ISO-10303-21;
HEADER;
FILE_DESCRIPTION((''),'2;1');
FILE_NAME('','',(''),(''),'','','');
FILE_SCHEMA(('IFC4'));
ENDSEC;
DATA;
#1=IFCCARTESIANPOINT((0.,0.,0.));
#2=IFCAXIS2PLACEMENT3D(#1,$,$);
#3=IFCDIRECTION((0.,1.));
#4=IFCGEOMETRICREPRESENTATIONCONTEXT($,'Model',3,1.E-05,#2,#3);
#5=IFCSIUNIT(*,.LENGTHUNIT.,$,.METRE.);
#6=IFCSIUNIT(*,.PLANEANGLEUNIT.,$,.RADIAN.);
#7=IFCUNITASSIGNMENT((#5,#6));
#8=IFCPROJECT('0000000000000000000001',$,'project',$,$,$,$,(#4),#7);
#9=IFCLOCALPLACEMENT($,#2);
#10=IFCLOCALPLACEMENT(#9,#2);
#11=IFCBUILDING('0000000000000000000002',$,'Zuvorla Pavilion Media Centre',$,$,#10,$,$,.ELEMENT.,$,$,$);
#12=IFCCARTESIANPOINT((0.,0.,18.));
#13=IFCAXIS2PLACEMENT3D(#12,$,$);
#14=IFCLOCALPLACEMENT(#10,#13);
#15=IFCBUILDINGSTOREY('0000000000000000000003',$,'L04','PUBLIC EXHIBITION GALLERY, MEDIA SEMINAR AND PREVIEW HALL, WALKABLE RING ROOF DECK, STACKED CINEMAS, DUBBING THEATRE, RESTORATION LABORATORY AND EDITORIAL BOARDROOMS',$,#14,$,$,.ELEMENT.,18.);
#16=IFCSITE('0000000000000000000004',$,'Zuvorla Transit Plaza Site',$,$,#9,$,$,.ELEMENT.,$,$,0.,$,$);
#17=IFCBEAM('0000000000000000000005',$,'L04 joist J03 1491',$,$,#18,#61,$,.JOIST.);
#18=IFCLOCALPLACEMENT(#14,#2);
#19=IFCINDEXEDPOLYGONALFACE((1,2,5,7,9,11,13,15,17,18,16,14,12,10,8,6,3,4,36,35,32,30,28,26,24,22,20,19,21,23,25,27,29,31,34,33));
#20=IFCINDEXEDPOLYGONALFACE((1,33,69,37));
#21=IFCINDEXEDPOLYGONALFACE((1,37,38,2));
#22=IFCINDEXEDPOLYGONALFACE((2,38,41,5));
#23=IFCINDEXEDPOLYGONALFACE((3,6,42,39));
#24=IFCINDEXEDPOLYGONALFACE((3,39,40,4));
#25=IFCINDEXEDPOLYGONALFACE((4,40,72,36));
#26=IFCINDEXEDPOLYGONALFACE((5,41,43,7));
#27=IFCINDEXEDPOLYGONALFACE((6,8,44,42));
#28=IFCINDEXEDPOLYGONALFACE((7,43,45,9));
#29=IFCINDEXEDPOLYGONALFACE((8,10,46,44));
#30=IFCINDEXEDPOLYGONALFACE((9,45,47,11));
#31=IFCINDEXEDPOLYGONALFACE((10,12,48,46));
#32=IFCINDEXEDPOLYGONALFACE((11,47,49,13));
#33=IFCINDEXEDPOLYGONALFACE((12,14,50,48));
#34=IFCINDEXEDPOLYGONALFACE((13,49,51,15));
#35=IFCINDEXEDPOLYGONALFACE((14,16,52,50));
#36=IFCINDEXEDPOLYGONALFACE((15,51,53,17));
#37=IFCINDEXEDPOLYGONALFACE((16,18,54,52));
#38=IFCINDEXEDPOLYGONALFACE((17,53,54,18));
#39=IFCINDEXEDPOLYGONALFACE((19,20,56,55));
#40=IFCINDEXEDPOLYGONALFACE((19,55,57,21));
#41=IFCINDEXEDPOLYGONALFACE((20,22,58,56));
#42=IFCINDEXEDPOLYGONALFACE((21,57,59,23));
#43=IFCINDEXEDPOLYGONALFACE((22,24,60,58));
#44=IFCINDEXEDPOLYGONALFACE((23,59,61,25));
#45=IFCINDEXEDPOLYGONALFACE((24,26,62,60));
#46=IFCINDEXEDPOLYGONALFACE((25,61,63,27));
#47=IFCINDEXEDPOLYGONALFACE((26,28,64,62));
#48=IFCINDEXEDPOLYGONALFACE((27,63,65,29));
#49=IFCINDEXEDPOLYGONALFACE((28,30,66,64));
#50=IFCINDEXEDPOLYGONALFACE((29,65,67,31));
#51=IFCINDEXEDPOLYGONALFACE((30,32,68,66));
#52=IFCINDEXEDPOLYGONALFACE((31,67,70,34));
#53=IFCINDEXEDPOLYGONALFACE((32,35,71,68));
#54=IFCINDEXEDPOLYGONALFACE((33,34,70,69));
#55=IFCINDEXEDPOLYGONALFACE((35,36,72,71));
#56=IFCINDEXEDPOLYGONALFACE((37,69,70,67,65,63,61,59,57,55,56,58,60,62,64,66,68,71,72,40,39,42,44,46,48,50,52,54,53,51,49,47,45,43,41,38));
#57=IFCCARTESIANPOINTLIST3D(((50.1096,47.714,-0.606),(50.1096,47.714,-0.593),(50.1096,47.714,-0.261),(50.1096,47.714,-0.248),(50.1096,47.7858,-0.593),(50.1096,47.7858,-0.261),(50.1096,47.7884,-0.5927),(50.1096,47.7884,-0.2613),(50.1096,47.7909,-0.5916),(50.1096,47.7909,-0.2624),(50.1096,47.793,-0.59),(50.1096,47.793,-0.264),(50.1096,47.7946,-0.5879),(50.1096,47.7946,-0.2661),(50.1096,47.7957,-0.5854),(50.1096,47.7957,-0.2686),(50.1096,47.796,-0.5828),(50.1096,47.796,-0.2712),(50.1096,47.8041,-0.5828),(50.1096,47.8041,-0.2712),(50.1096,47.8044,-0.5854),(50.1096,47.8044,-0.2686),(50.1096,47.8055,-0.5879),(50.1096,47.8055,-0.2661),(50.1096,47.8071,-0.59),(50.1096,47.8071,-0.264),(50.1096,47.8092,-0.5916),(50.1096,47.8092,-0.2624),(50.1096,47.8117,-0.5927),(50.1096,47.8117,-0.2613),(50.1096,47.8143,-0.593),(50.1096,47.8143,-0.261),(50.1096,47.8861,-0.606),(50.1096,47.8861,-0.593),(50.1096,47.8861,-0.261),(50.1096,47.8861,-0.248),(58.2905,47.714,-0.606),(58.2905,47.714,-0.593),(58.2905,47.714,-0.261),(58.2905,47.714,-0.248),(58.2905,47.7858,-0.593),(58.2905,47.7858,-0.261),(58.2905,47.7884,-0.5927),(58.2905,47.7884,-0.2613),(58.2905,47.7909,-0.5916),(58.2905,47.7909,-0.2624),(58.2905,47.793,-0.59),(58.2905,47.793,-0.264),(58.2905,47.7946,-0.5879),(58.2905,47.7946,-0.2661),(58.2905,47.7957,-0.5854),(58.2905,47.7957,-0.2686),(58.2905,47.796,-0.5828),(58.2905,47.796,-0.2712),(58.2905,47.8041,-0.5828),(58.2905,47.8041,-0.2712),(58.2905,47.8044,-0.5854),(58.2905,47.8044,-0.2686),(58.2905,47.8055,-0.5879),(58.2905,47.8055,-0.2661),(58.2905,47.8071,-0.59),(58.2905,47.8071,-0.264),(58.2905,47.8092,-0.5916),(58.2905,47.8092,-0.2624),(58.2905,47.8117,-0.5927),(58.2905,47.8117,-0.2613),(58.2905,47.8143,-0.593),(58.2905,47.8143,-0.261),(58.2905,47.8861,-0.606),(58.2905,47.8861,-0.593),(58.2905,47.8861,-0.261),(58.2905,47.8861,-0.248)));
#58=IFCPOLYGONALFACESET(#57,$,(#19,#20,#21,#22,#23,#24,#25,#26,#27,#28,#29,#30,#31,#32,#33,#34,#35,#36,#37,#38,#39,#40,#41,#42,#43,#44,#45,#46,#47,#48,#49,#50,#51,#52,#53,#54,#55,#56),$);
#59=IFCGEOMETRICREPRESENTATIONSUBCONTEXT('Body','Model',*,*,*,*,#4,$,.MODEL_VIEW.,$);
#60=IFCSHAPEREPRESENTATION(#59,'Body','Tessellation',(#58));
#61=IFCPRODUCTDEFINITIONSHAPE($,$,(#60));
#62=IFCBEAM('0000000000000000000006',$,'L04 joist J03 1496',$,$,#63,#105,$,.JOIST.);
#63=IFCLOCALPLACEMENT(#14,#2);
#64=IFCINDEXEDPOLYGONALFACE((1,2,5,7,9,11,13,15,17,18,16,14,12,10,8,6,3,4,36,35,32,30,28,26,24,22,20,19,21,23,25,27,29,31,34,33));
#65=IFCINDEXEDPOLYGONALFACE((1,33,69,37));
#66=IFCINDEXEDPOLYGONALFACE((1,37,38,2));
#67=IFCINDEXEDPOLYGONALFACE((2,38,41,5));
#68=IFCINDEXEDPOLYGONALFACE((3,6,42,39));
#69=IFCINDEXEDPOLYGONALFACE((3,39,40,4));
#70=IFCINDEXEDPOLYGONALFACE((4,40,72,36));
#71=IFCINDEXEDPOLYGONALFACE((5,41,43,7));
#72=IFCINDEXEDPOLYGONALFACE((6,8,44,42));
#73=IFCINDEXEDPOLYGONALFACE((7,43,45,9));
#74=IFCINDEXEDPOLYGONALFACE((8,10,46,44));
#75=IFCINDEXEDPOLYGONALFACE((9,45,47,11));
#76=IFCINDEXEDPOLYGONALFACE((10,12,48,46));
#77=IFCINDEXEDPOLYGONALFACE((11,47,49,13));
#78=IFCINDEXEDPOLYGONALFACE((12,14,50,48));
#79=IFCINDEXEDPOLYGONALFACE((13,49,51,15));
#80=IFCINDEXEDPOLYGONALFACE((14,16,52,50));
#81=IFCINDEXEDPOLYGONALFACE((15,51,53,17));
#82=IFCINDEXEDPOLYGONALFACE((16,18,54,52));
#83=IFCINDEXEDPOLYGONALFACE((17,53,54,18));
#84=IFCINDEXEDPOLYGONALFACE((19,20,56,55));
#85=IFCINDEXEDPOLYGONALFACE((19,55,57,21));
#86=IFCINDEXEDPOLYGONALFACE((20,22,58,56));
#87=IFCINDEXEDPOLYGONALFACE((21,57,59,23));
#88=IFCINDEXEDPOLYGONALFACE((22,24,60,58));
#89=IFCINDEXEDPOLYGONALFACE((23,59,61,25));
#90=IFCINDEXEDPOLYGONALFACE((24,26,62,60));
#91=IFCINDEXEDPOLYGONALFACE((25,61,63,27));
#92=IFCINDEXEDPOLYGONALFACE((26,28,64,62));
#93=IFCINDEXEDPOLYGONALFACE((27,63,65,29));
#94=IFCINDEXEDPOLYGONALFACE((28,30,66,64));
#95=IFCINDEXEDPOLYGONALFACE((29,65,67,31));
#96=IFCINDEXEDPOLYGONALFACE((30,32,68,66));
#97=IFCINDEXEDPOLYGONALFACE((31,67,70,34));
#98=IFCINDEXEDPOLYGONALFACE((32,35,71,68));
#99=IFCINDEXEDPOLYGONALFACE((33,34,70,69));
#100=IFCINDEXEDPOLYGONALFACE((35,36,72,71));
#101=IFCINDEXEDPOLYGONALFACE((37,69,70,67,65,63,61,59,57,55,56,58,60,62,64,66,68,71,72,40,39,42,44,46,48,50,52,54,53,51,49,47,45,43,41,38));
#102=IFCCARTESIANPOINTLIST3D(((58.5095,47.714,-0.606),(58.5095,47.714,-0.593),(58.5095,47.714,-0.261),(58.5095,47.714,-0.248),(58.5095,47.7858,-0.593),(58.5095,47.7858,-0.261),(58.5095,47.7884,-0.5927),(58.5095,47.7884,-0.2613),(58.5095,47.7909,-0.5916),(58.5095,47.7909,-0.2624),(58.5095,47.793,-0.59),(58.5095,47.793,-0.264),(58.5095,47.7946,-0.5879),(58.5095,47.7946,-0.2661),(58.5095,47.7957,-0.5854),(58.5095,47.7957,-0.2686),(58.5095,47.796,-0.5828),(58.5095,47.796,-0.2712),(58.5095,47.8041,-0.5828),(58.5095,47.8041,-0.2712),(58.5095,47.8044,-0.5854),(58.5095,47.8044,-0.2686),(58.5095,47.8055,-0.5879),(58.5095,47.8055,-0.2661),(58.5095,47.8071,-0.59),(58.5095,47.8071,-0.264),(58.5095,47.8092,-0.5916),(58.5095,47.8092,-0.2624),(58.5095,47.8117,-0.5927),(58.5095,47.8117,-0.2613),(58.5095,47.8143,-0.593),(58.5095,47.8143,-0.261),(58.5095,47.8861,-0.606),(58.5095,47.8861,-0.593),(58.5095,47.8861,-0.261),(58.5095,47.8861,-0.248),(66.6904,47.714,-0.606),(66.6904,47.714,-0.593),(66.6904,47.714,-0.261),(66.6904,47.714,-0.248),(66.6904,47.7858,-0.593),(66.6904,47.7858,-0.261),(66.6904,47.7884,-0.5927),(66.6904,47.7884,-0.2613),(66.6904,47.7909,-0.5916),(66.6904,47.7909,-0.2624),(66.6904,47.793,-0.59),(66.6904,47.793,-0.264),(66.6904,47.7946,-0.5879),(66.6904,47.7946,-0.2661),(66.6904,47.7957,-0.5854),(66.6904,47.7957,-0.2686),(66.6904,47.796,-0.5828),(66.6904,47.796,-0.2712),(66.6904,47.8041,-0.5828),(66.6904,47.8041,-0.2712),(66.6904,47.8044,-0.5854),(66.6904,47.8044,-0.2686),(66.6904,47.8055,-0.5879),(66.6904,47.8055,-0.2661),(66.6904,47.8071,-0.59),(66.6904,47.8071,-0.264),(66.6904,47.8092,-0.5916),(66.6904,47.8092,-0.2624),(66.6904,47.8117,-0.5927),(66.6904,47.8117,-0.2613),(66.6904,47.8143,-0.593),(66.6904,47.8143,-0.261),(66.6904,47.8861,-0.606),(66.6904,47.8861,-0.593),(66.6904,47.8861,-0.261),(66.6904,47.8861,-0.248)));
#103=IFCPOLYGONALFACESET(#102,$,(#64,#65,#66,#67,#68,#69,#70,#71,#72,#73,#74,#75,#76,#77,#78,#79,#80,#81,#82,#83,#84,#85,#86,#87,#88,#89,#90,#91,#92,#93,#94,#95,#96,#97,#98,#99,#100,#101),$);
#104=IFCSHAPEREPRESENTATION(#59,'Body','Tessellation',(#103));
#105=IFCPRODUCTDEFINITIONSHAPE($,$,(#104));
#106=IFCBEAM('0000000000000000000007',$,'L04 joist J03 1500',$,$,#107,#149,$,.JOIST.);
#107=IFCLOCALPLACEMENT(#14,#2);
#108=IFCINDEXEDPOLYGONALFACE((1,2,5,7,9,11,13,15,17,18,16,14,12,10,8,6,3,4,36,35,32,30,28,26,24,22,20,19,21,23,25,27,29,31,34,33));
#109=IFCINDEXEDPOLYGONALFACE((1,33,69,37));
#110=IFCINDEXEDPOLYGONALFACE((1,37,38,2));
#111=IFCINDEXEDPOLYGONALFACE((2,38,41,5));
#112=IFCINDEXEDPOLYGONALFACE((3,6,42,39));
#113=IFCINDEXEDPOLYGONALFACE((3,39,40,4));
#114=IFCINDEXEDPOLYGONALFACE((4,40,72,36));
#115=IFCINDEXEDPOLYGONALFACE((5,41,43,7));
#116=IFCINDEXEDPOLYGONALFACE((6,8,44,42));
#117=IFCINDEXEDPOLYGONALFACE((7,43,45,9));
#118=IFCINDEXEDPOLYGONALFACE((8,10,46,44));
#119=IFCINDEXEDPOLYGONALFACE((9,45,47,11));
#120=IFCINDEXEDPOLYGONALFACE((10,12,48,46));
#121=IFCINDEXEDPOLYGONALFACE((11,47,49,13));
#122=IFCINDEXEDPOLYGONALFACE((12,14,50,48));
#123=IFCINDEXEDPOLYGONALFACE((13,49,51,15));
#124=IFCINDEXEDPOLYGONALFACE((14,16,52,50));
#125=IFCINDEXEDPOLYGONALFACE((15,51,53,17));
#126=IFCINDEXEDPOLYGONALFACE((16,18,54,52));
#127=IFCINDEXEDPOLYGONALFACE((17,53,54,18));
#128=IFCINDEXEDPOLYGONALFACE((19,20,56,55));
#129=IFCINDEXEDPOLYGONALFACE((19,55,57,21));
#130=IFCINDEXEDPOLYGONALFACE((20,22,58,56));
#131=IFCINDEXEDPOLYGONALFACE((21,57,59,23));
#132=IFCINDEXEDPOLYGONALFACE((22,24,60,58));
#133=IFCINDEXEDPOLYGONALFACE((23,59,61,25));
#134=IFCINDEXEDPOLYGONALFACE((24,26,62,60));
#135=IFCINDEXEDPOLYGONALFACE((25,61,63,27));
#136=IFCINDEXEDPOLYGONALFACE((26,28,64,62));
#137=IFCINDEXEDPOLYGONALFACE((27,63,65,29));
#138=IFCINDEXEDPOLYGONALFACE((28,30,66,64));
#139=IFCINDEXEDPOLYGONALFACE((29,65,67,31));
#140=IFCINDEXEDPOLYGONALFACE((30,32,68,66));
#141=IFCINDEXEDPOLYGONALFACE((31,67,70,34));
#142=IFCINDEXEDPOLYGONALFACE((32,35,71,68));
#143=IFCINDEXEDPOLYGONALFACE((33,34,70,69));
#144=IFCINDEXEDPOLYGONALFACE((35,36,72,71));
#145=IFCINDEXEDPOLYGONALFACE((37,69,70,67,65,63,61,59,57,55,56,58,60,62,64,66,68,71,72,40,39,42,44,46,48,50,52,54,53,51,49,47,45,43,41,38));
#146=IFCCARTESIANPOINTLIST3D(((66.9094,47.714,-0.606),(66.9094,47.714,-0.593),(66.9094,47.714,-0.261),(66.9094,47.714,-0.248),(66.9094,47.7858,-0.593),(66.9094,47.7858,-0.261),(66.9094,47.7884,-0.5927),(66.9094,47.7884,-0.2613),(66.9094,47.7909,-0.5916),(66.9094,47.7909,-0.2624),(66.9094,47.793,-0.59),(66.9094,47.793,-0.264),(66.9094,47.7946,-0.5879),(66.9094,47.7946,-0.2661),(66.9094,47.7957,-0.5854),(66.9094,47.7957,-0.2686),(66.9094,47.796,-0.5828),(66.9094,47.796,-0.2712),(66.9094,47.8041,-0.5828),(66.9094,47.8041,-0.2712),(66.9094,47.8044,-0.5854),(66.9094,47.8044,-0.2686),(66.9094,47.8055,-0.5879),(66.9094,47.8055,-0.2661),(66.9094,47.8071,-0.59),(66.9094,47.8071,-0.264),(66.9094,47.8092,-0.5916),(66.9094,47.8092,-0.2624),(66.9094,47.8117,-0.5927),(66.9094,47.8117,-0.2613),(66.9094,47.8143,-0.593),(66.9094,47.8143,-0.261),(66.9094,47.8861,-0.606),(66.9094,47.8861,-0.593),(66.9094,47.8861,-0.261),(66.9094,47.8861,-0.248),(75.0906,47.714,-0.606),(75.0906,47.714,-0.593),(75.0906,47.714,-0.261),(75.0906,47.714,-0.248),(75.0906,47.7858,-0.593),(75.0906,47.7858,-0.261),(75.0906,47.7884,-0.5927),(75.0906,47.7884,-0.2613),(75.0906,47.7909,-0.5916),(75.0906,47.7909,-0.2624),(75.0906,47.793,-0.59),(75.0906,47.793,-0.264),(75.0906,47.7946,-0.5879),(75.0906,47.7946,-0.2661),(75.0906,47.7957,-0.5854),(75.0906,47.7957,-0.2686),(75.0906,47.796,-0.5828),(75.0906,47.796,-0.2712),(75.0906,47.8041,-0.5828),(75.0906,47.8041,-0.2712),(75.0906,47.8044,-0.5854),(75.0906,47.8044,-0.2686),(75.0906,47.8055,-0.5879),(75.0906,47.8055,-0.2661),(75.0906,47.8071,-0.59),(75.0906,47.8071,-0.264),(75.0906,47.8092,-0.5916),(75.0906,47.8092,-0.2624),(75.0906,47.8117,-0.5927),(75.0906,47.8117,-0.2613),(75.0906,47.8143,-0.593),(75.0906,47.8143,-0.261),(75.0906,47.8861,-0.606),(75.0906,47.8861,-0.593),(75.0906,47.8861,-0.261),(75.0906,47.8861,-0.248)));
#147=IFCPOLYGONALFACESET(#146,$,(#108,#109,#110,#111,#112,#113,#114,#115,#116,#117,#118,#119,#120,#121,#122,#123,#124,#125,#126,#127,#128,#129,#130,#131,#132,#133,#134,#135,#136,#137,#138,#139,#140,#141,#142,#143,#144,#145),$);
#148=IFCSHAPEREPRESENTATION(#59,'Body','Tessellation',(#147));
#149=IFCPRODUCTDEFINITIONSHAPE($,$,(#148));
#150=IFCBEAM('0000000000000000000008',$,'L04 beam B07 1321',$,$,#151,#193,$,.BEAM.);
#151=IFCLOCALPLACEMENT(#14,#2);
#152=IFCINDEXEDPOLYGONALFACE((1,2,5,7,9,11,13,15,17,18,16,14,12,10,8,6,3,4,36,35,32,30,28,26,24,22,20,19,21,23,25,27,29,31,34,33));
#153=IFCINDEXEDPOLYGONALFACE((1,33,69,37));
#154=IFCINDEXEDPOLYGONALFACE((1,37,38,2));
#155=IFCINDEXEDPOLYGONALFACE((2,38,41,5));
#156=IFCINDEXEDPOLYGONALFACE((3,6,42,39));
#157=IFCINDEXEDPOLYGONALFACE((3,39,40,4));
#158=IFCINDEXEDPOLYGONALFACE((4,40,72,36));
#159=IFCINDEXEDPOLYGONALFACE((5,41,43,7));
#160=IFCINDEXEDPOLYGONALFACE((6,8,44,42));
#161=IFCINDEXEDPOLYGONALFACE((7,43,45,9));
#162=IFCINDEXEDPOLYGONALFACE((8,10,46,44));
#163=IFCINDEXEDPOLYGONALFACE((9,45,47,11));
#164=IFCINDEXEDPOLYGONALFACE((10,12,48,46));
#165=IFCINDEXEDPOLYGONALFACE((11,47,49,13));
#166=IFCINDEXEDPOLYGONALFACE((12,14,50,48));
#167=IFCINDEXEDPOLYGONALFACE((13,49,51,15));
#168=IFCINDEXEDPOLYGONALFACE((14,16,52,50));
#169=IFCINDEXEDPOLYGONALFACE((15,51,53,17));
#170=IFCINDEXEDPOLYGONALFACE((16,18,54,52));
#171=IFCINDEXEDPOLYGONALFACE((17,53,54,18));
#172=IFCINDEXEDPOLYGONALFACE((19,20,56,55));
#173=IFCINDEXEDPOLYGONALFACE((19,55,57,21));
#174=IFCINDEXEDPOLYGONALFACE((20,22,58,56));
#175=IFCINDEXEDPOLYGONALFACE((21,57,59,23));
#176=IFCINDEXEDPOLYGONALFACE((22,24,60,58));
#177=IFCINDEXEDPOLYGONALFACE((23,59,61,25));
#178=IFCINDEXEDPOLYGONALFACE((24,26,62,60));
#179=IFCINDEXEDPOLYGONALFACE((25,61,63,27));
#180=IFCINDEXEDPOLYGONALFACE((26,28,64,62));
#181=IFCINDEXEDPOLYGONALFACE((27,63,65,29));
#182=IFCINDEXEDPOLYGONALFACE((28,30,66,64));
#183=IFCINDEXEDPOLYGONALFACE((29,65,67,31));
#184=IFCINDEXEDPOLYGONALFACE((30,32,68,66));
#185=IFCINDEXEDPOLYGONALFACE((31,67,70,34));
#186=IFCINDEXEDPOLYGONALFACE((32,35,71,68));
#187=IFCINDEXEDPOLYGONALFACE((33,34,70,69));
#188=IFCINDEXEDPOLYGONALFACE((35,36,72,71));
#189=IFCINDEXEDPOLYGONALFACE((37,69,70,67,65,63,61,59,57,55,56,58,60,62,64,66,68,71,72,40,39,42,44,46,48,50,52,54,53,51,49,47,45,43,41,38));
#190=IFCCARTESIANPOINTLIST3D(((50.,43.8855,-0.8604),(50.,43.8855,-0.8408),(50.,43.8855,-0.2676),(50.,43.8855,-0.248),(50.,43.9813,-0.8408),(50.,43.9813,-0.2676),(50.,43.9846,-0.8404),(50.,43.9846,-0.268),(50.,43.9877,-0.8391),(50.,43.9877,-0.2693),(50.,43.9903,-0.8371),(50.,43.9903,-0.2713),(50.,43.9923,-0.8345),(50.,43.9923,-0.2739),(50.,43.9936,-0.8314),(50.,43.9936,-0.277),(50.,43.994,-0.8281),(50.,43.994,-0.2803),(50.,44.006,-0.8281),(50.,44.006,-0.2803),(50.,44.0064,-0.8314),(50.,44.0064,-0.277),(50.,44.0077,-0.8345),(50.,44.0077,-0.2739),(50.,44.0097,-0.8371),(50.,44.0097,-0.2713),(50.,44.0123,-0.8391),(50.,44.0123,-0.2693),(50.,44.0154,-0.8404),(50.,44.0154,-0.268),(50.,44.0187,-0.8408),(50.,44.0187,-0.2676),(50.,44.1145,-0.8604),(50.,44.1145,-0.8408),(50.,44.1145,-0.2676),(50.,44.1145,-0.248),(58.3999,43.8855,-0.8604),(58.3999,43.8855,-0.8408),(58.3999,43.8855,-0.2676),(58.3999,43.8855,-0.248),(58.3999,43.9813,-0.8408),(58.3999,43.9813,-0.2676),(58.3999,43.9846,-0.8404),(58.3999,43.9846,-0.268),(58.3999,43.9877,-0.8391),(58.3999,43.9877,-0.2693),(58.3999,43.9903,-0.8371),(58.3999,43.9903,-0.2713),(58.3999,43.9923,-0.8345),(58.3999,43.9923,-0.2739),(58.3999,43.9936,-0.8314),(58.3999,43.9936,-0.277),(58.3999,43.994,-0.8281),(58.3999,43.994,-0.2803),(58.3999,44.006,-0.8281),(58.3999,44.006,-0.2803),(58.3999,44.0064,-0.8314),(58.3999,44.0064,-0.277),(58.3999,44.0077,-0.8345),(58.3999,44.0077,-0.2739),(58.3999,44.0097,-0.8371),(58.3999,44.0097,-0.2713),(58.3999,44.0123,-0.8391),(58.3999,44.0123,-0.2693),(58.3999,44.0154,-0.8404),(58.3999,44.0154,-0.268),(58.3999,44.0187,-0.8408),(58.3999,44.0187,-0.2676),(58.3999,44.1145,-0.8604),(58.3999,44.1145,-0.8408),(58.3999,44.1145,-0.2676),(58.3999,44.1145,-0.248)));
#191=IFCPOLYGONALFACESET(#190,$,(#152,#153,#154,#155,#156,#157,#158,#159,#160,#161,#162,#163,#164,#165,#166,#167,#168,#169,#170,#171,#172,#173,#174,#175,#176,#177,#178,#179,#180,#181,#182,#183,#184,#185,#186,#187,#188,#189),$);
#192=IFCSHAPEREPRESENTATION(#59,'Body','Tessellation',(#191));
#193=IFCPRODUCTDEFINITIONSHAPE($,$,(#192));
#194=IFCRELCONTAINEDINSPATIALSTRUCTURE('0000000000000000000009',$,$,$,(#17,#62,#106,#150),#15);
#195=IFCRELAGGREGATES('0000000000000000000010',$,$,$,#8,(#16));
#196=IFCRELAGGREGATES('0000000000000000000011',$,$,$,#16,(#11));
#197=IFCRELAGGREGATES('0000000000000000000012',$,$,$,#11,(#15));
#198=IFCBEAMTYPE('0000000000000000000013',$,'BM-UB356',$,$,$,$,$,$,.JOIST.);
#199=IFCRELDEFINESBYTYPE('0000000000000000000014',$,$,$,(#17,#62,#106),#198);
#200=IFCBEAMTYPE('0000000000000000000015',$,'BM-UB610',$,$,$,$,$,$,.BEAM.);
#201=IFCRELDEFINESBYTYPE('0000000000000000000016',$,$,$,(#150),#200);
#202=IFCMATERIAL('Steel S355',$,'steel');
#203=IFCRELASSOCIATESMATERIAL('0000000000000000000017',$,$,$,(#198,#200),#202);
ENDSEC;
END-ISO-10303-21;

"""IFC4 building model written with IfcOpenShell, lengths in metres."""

from ifc_helpers import new_model, si_unit, direction, frame, origin, origin_2d, place, context, subcontext, project, spatial, i_section, extrude, material, material_profile, profile_set, type_object, element, save


model = new_model("IFC4")

# Units and contexts
model_context = context("Model", 3, precision=1e-05, world=origin(), true_north=direction((0.0, 1.0)))
body_context = subcontext(model_context, "Body", "Model", "MODEL_VIEW")
ifc_project = project(units=[si_unit("LENGTHUNIT", "METRE"), si_unit("PLANEANGLEUNIT", "RADIAN")], contexts=[model_context])

# Site, building, storey
site_placement = place(None, origin())
site = spatial("IfcSite", under=ifc_project, at=site_placement, Name="Zuvorla Transit Plaza Site", CompositionType="ELEMENT", RefElevation=0.0)
building_placement = place(site_placement, origin())
building = spatial("IfcBuilding", under=site, at=building_placement, Name="Zuvorla Pavilion Media Centre", CompositionType="ELEMENT")
storey_placement = place(building_placement, frame((0.0, 0.0, 18.0)))
storey = spatial("IfcBuildingStorey", under=building, at=storey_placement, Name="L04", Description="PUBLIC EXHIBITION GALLERY, MEDIA SEMINAR AND PREVIEW HALL, WALKABLE RING ROOF DECK, STACKED CINEMAS, DUBBING THEATRE, RESTORATION LABORATORY AND EDITORIAL BOARDROOMS", CompositionType="ELEMENT", Elevation=18.0)

# Shared definitions
ifc_material_1 = material(Name="Steel S355", Category="steel")

# Beams
ifc_material_profile_1 = material_profile(ifc_material_1, i_section(OverallWidth=0.1721, OverallDepth=0.3579, WebThickness=0.0081, FlangeThickness=0.0129, FilletRadius=0.0103, at=origin_2d()), Name="UB 356x171x57")
ifc_profile_set_1 = profile_set([ifc_material_profile_1], Name="Steel S355")
beam_type_1 = type_object("IfcBeamType", Name="BM-UB356", PredefinedType="JOIST", material=ifc_profile_set_1)
for number, where, z_axis, x_axis, name in (
    (1, (50.1096, 47.8, -0.427), (1.0, 0.0, 0.0), (0.0, 1.0, 0.0), "L04 joist J03 1491"),
    (2, (58.5095, 47.8, -0.427), (1.0, 0.0, 0.0), (0.0, 1.0, 0.0), "L04 joist J03 1496"),
):
    element("IfcBeam", number, at=place(storey_placement, frame(where, z_axis=z_axis, x_axis=x_axis)), inside=storey, type_object=beam_type_1, Name=name, PredefinedType="JOIST", context=body_context, shape_type="SweptSolid", body=[
        extrude(i_section(OverallWidth=0.1721, OverallDepth=0.3579, WebThickness=0.0081, FlangeThickness=0.0129, FilletRadius=0.0103, at=origin_2d()), origin(), (0.0, 0.0, 1.0), 8.1809),
    ])
beam_1_placement = place(storey_placement, frame((66.9094, 47.8, -0.427), z_axis=(1.0, 0.0, 0.0), x_axis=(0.0, 1.0, 0.0)))
element("IfcBeam", 3, at=beam_1_placement, inside=storey, type_object=beam_type_1, Name="L04 joist J03 1500", PredefinedType="JOIST", context=body_context, shape_type="SweptSolid", body=[
    extrude(i_section(OverallWidth=0.1721, OverallDepth=0.3579, WebThickness=0.0081, FlangeThickness=0.0129, FilletRadius=0.0103, at=origin_2d()), origin(), (0.0, 0.0, 1.0), 8.1812),
])
ifc_material_profile_2 = material_profile(ifc_material_1, i_section(OverallWidth=0.229, OverallDepth=0.6123, WebThickness=0.012, FlangeThickness=0.0195, FilletRadius=0.0127, at=origin_2d()), Name="UB 610x229x125")
ifc_profile_set_2 = profile_set([ifc_material_profile_2], Name="Steel S355")
beam_type_2 = type_object("IfcBeamType", Name="BM-UB610", PredefinedType="BEAM", material=ifc_profile_set_2)
beam_2_placement = place(storey_placement, frame((50.0, 44.0, -0.5542), z_axis=(1.0, 0.0, 0.0), x_axis=(0.0, 1.0, 0.0)))
element("IfcBeam", 4, at=beam_2_placement, inside=storey, type_object=beam_type_2, Name="L04 beam B07 1321", PredefinedType="BEAM", context=body_context, shape_type="SweptSolid", body=[
    extrude(i_section(OverallWidth=0.229, OverallDepth=0.6123, WebThickness=0.012, FlangeThickness=0.0195, FilletRadius=0.0127, at=origin_2d()), origin(), (0.0, 0.0, 1.0), 8.3999),
])

save(model, "model.ifc")
